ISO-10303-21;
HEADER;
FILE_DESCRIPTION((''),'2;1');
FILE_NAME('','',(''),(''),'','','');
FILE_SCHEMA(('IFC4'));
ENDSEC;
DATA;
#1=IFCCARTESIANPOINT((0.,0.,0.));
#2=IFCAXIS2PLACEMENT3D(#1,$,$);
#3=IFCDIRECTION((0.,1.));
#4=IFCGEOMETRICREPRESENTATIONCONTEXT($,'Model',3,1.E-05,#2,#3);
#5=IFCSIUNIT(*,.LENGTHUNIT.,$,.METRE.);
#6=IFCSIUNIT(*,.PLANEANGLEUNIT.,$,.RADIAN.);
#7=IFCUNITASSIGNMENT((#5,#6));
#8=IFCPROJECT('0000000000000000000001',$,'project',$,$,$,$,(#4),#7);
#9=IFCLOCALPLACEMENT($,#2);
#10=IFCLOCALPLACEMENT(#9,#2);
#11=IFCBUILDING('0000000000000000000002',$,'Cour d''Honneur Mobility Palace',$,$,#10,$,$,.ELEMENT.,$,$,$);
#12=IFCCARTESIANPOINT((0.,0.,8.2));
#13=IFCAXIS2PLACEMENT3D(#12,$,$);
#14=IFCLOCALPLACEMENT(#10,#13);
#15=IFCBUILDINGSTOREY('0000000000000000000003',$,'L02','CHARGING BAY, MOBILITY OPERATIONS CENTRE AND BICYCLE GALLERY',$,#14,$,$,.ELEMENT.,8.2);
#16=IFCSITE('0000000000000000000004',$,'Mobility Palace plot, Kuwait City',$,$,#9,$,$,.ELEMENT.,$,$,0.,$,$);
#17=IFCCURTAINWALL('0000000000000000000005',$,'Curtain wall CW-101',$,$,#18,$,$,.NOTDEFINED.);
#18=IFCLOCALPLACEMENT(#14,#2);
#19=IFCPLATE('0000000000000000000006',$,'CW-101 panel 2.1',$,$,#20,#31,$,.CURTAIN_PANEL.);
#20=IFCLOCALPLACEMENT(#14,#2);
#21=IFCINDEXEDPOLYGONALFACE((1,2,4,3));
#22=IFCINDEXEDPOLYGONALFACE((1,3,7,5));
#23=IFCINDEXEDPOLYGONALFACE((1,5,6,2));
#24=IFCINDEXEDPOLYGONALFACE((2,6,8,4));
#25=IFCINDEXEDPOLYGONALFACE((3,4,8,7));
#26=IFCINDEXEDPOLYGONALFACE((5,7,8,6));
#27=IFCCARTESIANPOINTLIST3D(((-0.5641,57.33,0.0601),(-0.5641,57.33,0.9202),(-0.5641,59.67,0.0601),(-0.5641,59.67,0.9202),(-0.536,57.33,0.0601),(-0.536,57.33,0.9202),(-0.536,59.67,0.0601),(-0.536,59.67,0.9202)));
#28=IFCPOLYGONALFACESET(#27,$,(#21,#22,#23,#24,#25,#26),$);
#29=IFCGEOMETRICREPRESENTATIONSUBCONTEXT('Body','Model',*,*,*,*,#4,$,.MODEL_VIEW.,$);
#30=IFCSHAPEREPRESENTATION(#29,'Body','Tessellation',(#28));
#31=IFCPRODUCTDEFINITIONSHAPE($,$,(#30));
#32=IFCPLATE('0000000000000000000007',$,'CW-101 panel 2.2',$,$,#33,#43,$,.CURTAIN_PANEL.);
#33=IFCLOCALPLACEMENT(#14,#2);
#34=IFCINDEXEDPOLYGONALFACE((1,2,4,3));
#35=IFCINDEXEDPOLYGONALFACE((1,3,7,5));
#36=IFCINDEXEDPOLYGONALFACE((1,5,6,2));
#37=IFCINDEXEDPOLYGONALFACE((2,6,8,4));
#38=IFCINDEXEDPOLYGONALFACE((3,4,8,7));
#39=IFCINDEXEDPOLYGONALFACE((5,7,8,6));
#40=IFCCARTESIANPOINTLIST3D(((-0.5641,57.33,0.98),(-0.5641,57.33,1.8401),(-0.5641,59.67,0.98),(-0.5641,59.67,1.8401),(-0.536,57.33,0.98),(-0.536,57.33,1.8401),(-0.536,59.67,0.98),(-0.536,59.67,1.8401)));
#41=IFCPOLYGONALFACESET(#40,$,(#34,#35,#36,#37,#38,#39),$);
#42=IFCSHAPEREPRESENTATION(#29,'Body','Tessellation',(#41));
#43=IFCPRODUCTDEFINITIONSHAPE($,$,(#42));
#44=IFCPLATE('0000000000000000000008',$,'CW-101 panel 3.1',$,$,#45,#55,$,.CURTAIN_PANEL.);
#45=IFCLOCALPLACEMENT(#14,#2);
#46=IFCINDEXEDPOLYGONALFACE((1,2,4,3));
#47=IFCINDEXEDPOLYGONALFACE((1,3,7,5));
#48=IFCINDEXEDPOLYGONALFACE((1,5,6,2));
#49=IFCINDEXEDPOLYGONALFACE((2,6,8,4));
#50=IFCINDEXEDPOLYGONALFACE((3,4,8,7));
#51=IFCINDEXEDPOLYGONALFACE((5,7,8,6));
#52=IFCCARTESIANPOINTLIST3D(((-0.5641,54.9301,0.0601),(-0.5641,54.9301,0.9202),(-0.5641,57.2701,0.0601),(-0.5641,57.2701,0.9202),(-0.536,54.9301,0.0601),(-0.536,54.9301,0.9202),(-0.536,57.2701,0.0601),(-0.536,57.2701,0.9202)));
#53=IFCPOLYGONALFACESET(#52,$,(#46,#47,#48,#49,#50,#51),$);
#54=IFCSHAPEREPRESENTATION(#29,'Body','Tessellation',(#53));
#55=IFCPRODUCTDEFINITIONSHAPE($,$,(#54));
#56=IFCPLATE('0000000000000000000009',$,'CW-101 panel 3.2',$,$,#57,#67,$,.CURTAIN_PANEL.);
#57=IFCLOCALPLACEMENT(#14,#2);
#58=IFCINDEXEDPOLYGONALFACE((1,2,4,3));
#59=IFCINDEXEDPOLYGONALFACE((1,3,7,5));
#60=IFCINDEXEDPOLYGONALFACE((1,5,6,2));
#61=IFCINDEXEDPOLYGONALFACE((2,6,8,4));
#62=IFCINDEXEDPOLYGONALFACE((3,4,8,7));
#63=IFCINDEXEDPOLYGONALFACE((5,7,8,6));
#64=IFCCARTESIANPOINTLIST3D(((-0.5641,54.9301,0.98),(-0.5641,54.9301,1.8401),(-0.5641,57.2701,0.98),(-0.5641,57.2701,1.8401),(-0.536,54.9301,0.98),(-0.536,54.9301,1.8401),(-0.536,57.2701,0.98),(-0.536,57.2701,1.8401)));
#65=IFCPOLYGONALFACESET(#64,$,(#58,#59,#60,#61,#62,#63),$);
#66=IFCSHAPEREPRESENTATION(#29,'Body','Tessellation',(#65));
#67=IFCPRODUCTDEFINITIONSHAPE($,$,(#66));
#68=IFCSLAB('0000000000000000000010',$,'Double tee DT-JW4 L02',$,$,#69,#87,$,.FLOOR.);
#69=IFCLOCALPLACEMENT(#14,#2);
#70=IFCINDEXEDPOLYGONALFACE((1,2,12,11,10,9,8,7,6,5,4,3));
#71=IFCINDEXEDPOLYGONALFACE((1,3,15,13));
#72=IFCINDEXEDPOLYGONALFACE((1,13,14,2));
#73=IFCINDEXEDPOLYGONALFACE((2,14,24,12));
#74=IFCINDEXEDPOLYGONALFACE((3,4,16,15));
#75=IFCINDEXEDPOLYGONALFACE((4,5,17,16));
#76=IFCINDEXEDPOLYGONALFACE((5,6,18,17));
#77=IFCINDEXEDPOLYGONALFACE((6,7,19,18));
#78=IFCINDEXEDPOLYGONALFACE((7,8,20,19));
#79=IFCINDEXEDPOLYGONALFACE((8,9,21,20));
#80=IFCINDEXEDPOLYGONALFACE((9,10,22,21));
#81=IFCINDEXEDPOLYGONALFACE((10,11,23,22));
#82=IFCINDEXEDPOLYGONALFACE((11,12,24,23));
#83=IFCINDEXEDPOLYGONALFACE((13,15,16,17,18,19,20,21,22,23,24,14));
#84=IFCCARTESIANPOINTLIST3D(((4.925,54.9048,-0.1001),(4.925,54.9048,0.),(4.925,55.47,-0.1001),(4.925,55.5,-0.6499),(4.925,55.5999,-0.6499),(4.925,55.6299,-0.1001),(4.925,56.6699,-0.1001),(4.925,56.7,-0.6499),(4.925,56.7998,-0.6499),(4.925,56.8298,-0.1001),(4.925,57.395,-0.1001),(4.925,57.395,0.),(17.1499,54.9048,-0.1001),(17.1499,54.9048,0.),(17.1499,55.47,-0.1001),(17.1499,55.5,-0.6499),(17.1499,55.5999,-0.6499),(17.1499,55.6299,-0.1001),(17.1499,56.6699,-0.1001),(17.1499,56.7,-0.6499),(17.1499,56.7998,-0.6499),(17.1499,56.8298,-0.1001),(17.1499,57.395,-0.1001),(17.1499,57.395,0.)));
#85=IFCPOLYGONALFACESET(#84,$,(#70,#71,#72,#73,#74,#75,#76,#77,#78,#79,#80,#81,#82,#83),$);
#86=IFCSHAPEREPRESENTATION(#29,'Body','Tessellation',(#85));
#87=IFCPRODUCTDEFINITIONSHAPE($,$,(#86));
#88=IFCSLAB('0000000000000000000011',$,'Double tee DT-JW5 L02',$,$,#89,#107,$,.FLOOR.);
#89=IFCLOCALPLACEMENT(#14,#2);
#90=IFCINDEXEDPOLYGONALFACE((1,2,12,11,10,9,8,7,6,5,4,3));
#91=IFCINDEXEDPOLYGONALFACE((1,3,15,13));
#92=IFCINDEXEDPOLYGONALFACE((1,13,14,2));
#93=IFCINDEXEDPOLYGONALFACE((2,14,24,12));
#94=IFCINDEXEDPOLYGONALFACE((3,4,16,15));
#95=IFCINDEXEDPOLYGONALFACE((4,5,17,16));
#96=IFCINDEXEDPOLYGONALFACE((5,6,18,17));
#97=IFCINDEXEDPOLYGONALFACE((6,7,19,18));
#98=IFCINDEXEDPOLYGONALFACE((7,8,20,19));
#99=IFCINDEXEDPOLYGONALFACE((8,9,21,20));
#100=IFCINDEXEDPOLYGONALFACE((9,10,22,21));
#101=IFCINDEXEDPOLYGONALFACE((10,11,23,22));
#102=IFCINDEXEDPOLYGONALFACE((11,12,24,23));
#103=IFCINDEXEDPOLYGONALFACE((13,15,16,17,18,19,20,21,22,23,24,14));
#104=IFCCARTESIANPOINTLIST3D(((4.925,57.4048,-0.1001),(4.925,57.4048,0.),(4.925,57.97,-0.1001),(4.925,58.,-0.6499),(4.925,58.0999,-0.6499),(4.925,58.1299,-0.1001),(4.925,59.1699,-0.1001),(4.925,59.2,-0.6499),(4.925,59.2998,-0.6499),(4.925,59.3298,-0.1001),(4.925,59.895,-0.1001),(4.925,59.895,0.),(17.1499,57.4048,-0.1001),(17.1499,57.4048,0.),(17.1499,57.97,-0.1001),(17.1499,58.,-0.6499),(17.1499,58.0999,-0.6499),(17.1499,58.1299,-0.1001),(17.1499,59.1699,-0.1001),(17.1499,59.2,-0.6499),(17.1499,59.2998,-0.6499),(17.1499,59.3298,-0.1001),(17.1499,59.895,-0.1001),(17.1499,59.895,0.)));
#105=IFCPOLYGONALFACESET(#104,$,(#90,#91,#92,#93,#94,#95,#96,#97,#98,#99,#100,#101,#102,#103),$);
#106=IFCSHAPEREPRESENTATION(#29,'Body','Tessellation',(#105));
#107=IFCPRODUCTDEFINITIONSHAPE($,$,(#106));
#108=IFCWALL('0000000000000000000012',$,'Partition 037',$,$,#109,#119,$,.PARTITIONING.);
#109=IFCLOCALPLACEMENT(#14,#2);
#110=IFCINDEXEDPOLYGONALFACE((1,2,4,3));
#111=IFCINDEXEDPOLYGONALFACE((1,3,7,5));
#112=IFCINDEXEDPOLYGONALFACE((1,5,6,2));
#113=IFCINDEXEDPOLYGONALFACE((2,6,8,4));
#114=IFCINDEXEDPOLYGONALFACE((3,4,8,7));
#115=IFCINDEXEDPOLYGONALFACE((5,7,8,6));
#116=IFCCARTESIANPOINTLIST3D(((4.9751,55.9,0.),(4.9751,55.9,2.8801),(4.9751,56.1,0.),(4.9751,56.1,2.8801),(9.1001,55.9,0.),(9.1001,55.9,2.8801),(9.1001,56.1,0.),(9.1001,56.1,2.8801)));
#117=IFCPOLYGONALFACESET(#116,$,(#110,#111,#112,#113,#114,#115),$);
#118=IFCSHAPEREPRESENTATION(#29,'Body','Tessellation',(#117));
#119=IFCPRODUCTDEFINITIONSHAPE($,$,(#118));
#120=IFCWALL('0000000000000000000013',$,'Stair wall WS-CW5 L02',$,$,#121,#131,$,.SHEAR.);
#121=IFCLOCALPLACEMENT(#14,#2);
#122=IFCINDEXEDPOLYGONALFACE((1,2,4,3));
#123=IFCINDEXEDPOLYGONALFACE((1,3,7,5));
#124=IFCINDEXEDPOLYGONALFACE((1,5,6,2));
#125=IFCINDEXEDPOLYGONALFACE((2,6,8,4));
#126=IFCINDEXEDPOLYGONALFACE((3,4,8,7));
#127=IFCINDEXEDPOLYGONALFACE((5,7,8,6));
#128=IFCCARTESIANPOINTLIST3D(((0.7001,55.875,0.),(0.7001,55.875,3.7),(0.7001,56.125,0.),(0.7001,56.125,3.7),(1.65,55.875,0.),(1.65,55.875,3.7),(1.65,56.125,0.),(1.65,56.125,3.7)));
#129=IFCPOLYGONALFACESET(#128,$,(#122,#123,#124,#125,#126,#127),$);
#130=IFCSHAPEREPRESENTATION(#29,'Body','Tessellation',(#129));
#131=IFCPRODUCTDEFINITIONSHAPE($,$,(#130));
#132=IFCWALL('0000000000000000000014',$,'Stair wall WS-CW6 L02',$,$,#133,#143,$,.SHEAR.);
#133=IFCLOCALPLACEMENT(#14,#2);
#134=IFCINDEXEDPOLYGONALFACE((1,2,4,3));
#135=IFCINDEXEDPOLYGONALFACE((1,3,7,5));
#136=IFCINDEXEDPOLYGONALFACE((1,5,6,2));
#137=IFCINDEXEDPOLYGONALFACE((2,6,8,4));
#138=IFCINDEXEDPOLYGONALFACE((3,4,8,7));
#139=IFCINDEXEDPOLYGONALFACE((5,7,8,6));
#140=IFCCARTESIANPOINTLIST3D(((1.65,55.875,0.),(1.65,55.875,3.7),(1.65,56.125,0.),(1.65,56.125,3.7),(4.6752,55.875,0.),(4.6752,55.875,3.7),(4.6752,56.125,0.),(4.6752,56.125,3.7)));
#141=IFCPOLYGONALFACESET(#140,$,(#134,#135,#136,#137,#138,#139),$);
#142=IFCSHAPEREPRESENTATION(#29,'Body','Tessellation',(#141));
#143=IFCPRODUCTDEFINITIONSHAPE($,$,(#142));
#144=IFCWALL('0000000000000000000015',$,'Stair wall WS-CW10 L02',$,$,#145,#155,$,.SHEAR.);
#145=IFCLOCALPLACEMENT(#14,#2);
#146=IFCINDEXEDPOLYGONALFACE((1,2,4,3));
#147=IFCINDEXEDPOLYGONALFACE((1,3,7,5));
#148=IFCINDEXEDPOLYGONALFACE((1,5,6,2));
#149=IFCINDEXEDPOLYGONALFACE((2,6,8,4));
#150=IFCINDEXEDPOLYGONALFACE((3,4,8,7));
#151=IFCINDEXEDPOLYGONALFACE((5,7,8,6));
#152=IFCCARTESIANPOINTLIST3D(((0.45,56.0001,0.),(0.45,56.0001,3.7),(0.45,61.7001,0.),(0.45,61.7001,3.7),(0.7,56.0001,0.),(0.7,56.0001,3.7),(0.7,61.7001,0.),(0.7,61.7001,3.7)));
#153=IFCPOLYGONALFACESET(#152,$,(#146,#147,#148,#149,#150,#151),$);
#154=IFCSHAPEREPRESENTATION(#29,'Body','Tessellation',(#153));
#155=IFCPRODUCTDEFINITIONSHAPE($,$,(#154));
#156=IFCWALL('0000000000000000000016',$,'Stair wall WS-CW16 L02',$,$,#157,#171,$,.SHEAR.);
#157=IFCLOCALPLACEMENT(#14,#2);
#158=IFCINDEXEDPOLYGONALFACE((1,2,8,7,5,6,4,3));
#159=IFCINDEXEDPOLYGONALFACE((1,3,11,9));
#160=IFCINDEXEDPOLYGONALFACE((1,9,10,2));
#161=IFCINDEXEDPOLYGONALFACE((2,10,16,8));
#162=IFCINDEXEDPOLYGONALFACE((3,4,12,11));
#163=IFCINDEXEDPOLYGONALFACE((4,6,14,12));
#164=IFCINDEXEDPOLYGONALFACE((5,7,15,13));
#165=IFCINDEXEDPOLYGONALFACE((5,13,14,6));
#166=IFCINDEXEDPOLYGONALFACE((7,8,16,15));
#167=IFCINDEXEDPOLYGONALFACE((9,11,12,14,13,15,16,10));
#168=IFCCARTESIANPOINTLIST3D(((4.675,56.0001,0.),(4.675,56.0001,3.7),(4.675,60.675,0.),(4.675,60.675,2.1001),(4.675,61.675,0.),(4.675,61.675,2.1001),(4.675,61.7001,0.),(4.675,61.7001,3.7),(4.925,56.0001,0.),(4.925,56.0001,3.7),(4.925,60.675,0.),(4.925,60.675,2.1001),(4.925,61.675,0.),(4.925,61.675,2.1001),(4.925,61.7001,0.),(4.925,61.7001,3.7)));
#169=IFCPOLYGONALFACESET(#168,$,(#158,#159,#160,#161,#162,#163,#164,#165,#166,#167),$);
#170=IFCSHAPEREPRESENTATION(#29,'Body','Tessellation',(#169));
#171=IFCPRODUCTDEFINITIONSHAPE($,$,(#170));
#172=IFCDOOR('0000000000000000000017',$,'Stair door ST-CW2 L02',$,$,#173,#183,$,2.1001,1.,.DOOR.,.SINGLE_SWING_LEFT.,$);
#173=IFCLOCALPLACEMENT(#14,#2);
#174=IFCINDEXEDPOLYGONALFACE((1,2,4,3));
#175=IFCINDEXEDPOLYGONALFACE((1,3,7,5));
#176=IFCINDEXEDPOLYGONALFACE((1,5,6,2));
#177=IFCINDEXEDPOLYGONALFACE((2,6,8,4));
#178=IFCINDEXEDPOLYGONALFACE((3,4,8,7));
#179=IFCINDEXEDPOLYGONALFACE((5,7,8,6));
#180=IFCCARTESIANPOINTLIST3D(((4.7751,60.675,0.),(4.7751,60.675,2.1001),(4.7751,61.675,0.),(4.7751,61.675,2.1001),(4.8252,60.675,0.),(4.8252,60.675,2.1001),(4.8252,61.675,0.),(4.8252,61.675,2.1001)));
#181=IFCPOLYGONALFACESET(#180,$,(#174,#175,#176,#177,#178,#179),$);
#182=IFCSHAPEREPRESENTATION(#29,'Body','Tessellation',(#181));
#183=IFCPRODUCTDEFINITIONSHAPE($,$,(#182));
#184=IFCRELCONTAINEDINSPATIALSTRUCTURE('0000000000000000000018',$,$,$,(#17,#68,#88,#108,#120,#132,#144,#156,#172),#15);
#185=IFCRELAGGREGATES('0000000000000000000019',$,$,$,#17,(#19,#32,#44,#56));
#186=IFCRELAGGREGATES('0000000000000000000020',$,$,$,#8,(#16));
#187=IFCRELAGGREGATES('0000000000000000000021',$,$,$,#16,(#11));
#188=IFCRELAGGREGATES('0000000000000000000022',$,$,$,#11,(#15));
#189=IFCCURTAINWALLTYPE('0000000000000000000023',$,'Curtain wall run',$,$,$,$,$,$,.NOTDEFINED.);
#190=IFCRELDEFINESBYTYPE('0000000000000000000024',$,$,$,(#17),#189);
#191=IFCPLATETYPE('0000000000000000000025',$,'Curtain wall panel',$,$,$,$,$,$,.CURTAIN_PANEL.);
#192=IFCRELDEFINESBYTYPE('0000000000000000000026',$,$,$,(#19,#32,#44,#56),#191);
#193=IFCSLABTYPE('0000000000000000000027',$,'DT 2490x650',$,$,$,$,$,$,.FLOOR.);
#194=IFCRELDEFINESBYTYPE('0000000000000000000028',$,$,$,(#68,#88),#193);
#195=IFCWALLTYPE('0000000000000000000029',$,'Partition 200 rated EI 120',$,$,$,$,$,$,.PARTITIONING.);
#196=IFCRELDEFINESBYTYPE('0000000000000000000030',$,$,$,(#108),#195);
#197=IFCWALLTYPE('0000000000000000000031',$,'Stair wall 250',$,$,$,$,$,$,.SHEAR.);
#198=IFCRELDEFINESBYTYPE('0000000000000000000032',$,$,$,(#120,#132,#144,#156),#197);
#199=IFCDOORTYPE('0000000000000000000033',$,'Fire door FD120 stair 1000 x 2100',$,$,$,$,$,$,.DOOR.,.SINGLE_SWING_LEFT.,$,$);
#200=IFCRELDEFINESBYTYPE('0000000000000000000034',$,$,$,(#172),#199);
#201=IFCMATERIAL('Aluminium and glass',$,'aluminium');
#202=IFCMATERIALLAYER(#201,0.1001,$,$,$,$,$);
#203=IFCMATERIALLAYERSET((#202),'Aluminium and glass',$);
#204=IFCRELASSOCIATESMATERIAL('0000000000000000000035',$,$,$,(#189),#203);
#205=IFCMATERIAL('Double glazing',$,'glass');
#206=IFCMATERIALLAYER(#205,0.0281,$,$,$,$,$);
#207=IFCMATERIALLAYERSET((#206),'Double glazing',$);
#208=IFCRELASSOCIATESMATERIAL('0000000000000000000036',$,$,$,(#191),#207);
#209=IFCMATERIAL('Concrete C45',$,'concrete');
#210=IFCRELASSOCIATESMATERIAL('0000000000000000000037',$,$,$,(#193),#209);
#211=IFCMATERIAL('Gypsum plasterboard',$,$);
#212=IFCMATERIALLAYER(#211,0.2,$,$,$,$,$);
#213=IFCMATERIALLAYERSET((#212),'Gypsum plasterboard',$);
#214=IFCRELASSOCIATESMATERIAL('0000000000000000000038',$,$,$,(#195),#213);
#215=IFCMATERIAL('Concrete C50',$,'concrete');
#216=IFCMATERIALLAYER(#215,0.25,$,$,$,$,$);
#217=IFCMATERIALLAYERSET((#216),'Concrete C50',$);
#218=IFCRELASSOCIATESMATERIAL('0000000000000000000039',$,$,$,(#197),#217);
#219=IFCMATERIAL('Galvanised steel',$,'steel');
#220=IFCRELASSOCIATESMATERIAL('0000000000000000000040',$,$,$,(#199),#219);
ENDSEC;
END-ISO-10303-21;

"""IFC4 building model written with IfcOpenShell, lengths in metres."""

from ifc_helpers import new_model, si_unit, direction, frame, frame_2d, origin, origin_2d, place, context, subcontext, project, spatial, polyline, rectangle, outline, extrude, material, layer, layer_set, material_profile, profile_set, type_object, element, fill, aggregate, save


model = new_model("IFC4")

# Units and contexts
model_context = context("Model", 3, precision=1e-05, world=origin(), true_north=direction((0.0, 1.0)))
body_context = subcontext(model_context, "Body", "Model", "MODEL_VIEW")
ifc_project = project(units=[si_unit("LENGTHUNIT", "METRE"), si_unit("PLANEANGLEUNIT", "RADIAN")], contexts=[model_context])

# Site, building, storey
site_placement = place(None, origin())
site = spatial("IfcSite", under=ifc_project, at=site_placement, Name="Mobility Palace plot, Kuwait City", CompositionType="ELEMENT", RefElevation=0.0)
building_placement = place(site_placement, origin())
building = spatial("IfcBuilding", under=site, at=building_placement, Name="Cour d'Honneur Mobility Palace", CompositionType="ELEMENT")
storey_placement = place(building_placement, frame((0.0, 0.0, 8.2)))
storey = spatial("IfcBuildingStorey", under=building, at=storey_placement, Name="L02", Description="CHARGING BAY, MOBILITY OPERATIONS CENTRE AND BICYCLE GALLERY", CompositionType="ELEMENT", Elevation=8.2)

# Curtain wall, plates
ifc_material_1 = material(Name="Aluminium and glass", Category="aluminium")
ifc_layer_1 = layer(ifc_material_1, 0.1001)
ifc_layer_set_1 = layer_set([ifc_layer_1], Name="Aluminium and glass")
curtain_wall_type = type_object("IfcCurtainWallType", Name="Curtain wall run", PredefinedType="NOTDEFINED", material=ifc_layer_set_1)
curtain_wall_placement = place(storey_placement, origin())
curtain_wall = element("IfcCurtainWall", 1, at=curtain_wall_placement, inside=storey, type_object=curtain_wall_type, Name="Curtain wall CW-101", PredefinedType="NOTDEFINED")
ifc_material_2 = material(Name="Double glazing", Category="glass")
ifc_layer_2 = layer(ifc_material_2, 0.0281)
ifc_layer_set_2 = layer_set([ifc_layer_2], Name="Double glazing")
plate_type = type_object("IfcPlateType", Name="Curtain wall panel", PredefinedType="CURTAIN_PANEL", material=ifc_layer_set_2)
plate_1_placement = place(storey_placement, frame((-0.55, 58.5, 0.0601), z_axis=(0.0, 0.0, 1.0), x_axis=(0.0, -1.0, 0.0)))
plate_1 = element("IfcPlate", 2, at=plate_1_placement, type_object=plate_type, Name="CW-101 panel 2.1", PredefinedType="CURTAIN_PANEL", context=body_context, shape_type="SweptSolid", body=[
    extrude(rectangle(XDim=2.3401, YDim=0.0281, at=origin_2d()), origin(), (0.0, 0.0, 1.0), 0.8601),
])
plate_2_placement = place(storey_placement, frame((-0.55, 58.5, 0.98), z_axis=(0.0, 0.0, 1.0), x_axis=(0.0, -1.0, 0.0)))
plate_2 = element("IfcPlate", 3, at=plate_2_placement, type_object=plate_type, Name="CW-101 panel 2.2", PredefinedType="CURTAIN_PANEL", context=body_context, shape_type="SweptSolid", body=[
    extrude(rectangle(XDim=2.3401, YDim=0.0281, at=origin_2d()), origin(), (0.0, 0.0, 1.0), 0.8601),
])
plate_3_placement = place(storey_placement, frame((-0.55, 56.1001, 0.0601), z_axis=(0.0, 0.0, 1.0), x_axis=(0.0, -1.0, 0.0)))
plate_3 = element("IfcPlate", 4, at=plate_3_placement, type_object=plate_type, Name="CW-101 panel 3.1", PredefinedType="CURTAIN_PANEL", context=body_context, shape_type="SweptSolid", body=[
    extrude(rectangle(XDim=2.3401, YDim=0.0281, at=origin_2d()), origin(), (0.0, 0.0, 1.0), 0.8601),
])
plate_4_placement = place(storey_placement, frame((-0.55, 56.1001, 0.98), z_axis=(0.0, 0.0, 1.0), x_axis=(0.0, -1.0, 0.0)))
plate_4 = element("IfcPlate", 5, at=plate_4_placement, type_object=plate_type, Name="CW-101 panel 3.2", PredefinedType="CURTAIN_PANEL", context=body_context, shape_type="SweptSolid", body=[
    extrude(rectangle(XDim=2.3401, YDim=0.0281, at=origin_2d()), origin(), (0.0, 0.0, 1.0), 0.8601),
])
aggregate(curtain_wall, [plate_1, plate_2, plate_3, plate_4])

# Slabs
ifc_material_3 = material(Name="Concrete C45", Category="concrete")
ifc_material_profile_1 = material_profile(ifc_material_3, outline(polyline([(-1.2451, 0.0), (1.2451, 0.0), (1.2451, -0.1001), (0.6799, -0.1001), (0.6499, -0.6499), (0.55, -0.6499), (0.52, -0.1001), (-0.52, -0.1001), (-0.55, -0.6499), (-0.6499, -0.6499), (-0.6799, -0.1001), (-1.2451, -0.1001), (-1.2451, 0.0)])), Name="DT 2490x650")
ifc_profile_set_1 = profile_set([ifc_material_profile_1], Name="Concrete C45")
slab_type = type_object("IfcSlabType", Name="DT 2490x650", PredefinedType="FLOOR", material=ifc_profile_set_1)
for number, where, z_axis, x_axis, name in (
    (6, (4.925, 56.1499, 0.0), (1.0, 0.0, 0.0), (0.0, 1.0, 0.0), "Double tee DT-JW4 L02"),
    (7, (4.925, 58.6499, 0.0), (1.0, 0.0, 0.0), (0.0, 1.0, 0.0), "Double tee DT-JW5 L02"),
):
    element("IfcSlab", number, at=place(storey_placement, frame(where, z_axis=z_axis, x_axis=x_axis)), inside=storey, type_object=slab_type, Name=name, PredefinedType="FLOOR", context=body_context, shape_type="SweptSolid", body=[
        extrude(outline(polyline([(-1.2451, 0.0), (1.2451, 0.0), (1.2451, -0.1001), (0.6799, -0.1001), (0.6499, -0.6499), (0.55, -0.6499), (0.52, -0.1001), (-0.52, -0.1001), (-0.55, -0.6499), (-0.6499, -0.6499), (-0.6799, -0.1001), (-1.2451, -0.1001), (-1.2451, 0.0)])), origin(), (0.0, 0.0, 1.0), 12.2249),
    ])

# Walls
ifc_material_4 = material(Name="Gypsum plasterboard")
ifc_layer_3 = layer(ifc_material_4, 0.2)
ifc_layer_set_3 = layer_set([ifc_layer_3], Name="Gypsum plasterboard")
wall_type_1 = type_object("IfcWallType", Name="Partition 200 rated EI 120", PredefinedType="PARTITIONING", material=ifc_layer_set_3)
wall_1_placement = place(storey_placement, frame((9.1001, 56.0, 0.0), z_axis=(0.0, 0.0, 1.0), x_axis=(-1.0, 0.0, 0.0)))
element("IfcWall", 8, at=wall_1_placement, inside=storey, type_object=wall_type_1, Name="Partition 037", PredefinedType="PARTITIONING", context=body_context, shape_type="SweptSolid", body=[
    extrude(rectangle(XDim=4.125, YDim=0.2, at=frame_2d((2.0625, 0.0))), origin(), (0.0, 0.0, 1.0), 2.8801),
])
ifc_material_5 = material(Name="Concrete C50", Category="concrete")
ifc_layer_4 = layer(ifc_material_5, 0.25)
ifc_layer_set_4 = layer_set([ifc_layer_4], Name="Concrete C50")
wall_type_2 = type_object("IfcWallType", Name="Stair wall 250", PredefinedType="SHEAR", material=ifc_layer_set_4)
wall_2_placement = place(storey_placement, frame((0.7, 56.0, 0.0), z_axis=(0.0, 0.0, 1.0), x_axis=(1.0, 0.0, 0.0)))
element("IfcWall", 9, at=wall_2_placement, inside=storey, type_object=wall_type_2, Name="Stair wall WS-CW5 L02", PredefinedType="SHEAR", context=body_context, shape_type="SweptSolid", body=[
    extrude(rectangle(XDim=0.95, YDim=0.25, at=frame_2d((0.4751, 0.0))), origin(), (0.0, 0.0, 1.0), 3.7),
])
wall_3_placement = place(storey_placement, frame((1.6499, 56.0, 0.0), z_axis=(0.0, 0.0, 1.0), x_axis=(1.0, 0.0, 0.0)))
element("IfcWall", 10, at=wall_3_placement, inside=storey, type_object=wall_type_2, Name="Stair wall WS-CW6 L02", PredefinedType="SHEAR", context=body_context, shape_type="SweptSolid", body=[
    extrude(rectangle(XDim=3.0251, YDim=0.25, at=frame_2d((1.5127, 0.0))), origin(), (0.0, 0.0, 1.0), 3.7),
])
wall_4_placement = place(storey_placement, frame((0.575, 56.0, 0.0), z_axis=(0.0, 0.0, 1.0), x_axis=(0.0, 1.0, 0.0)))
element("IfcWall", 11, at=wall_4_placement, inside=storey, type_object=wall_type_2, Name="Stair wall WS-CW10 L02", PredefinedType="SHEAR", context=body_context, shape_type="SweptSolid", body=[
    extrude(rectangle(XDim=5.7, YDim=0.25, at=frame_2d((2.8501, 0.0))), origin(), (0.0, 0.0, 1.0), 3.7),
])

# Wall, opening, door
wall_5_placement = place(storey_placement, frame((4.8, 56.0, 0.0), z_axis=(0.0, 0.0, 1.0), x_axis=(0.0, 1.0, 0.0)))
wall_5 = element("IfcWall", 12, at=wall_5_placement, inside=storey, type_object=wall_type_2, Name="Stair wall WS-CW16 L02", PredefinedType="SHEAR", context=body_context, shape_type="SweptSolid", body=[
    extrude(rectangle(XDim=5.7, YDim=0.25, at=frame_2d((2.8501, 0.0))), origin(), (0.0, 0.0, 1.0), 3.7),
])
opening_placement = place(wall_5_placement, frame((4.675, 0.0, 0.0)))
opening = element("IfcOpeningElement", 13, at=opening_placement, cuts=wall_5, PredefinedType="OPENING", context=body_context, shape_type="SweptSolid", body=[
    extrude(rectangle(XDim=1.0, YDim=2.1001, at=frame_2d((0.5, 1.05))), frame((0.0, 0.135, 0.0), z_axis=(0.0, -1.0, 0.0), x_axis=(1.0, 0.0, 0.0)), (0.0, 0.0, 1.0), 0.27),
])
ifc_material_6 = material(Name="Galvanised steel", Category="steel")
door_type = type_object("IfcDoorType", Name="Fire door FD120 stair 1000 x 2100", OperationType="SINGLE_SWING_LEFT", PredefinedType="DOOR", material=ifc_material_6)
door_placement = place(opening_placement, origin())
door = element("IfcDoor", 14, at=door_placement, inside=storey, type_object=door_type, Name="Stair door ST-CW2 L02", OperationType="SINGLE_SWING_LEFT", OverallHeight=2.1001, OverallWidth=1.0, PredefinedType="DOOR", context=body_context, shape_type="SweptSolid", body=[
    extrude(rectangle(XDim=1.0, YDim=2.1001, at=frame_2d((0.5, 1.05))), frame((0.0, 0.0249, 0.0), z_axis=(0.0, -1.0, 0.0), x_axis=(1.0, 0.0, 0.0)), (0.0, 0.0, 1.0), 0.05),
])
fill(opening, door)

save(model, "model.ifc")
